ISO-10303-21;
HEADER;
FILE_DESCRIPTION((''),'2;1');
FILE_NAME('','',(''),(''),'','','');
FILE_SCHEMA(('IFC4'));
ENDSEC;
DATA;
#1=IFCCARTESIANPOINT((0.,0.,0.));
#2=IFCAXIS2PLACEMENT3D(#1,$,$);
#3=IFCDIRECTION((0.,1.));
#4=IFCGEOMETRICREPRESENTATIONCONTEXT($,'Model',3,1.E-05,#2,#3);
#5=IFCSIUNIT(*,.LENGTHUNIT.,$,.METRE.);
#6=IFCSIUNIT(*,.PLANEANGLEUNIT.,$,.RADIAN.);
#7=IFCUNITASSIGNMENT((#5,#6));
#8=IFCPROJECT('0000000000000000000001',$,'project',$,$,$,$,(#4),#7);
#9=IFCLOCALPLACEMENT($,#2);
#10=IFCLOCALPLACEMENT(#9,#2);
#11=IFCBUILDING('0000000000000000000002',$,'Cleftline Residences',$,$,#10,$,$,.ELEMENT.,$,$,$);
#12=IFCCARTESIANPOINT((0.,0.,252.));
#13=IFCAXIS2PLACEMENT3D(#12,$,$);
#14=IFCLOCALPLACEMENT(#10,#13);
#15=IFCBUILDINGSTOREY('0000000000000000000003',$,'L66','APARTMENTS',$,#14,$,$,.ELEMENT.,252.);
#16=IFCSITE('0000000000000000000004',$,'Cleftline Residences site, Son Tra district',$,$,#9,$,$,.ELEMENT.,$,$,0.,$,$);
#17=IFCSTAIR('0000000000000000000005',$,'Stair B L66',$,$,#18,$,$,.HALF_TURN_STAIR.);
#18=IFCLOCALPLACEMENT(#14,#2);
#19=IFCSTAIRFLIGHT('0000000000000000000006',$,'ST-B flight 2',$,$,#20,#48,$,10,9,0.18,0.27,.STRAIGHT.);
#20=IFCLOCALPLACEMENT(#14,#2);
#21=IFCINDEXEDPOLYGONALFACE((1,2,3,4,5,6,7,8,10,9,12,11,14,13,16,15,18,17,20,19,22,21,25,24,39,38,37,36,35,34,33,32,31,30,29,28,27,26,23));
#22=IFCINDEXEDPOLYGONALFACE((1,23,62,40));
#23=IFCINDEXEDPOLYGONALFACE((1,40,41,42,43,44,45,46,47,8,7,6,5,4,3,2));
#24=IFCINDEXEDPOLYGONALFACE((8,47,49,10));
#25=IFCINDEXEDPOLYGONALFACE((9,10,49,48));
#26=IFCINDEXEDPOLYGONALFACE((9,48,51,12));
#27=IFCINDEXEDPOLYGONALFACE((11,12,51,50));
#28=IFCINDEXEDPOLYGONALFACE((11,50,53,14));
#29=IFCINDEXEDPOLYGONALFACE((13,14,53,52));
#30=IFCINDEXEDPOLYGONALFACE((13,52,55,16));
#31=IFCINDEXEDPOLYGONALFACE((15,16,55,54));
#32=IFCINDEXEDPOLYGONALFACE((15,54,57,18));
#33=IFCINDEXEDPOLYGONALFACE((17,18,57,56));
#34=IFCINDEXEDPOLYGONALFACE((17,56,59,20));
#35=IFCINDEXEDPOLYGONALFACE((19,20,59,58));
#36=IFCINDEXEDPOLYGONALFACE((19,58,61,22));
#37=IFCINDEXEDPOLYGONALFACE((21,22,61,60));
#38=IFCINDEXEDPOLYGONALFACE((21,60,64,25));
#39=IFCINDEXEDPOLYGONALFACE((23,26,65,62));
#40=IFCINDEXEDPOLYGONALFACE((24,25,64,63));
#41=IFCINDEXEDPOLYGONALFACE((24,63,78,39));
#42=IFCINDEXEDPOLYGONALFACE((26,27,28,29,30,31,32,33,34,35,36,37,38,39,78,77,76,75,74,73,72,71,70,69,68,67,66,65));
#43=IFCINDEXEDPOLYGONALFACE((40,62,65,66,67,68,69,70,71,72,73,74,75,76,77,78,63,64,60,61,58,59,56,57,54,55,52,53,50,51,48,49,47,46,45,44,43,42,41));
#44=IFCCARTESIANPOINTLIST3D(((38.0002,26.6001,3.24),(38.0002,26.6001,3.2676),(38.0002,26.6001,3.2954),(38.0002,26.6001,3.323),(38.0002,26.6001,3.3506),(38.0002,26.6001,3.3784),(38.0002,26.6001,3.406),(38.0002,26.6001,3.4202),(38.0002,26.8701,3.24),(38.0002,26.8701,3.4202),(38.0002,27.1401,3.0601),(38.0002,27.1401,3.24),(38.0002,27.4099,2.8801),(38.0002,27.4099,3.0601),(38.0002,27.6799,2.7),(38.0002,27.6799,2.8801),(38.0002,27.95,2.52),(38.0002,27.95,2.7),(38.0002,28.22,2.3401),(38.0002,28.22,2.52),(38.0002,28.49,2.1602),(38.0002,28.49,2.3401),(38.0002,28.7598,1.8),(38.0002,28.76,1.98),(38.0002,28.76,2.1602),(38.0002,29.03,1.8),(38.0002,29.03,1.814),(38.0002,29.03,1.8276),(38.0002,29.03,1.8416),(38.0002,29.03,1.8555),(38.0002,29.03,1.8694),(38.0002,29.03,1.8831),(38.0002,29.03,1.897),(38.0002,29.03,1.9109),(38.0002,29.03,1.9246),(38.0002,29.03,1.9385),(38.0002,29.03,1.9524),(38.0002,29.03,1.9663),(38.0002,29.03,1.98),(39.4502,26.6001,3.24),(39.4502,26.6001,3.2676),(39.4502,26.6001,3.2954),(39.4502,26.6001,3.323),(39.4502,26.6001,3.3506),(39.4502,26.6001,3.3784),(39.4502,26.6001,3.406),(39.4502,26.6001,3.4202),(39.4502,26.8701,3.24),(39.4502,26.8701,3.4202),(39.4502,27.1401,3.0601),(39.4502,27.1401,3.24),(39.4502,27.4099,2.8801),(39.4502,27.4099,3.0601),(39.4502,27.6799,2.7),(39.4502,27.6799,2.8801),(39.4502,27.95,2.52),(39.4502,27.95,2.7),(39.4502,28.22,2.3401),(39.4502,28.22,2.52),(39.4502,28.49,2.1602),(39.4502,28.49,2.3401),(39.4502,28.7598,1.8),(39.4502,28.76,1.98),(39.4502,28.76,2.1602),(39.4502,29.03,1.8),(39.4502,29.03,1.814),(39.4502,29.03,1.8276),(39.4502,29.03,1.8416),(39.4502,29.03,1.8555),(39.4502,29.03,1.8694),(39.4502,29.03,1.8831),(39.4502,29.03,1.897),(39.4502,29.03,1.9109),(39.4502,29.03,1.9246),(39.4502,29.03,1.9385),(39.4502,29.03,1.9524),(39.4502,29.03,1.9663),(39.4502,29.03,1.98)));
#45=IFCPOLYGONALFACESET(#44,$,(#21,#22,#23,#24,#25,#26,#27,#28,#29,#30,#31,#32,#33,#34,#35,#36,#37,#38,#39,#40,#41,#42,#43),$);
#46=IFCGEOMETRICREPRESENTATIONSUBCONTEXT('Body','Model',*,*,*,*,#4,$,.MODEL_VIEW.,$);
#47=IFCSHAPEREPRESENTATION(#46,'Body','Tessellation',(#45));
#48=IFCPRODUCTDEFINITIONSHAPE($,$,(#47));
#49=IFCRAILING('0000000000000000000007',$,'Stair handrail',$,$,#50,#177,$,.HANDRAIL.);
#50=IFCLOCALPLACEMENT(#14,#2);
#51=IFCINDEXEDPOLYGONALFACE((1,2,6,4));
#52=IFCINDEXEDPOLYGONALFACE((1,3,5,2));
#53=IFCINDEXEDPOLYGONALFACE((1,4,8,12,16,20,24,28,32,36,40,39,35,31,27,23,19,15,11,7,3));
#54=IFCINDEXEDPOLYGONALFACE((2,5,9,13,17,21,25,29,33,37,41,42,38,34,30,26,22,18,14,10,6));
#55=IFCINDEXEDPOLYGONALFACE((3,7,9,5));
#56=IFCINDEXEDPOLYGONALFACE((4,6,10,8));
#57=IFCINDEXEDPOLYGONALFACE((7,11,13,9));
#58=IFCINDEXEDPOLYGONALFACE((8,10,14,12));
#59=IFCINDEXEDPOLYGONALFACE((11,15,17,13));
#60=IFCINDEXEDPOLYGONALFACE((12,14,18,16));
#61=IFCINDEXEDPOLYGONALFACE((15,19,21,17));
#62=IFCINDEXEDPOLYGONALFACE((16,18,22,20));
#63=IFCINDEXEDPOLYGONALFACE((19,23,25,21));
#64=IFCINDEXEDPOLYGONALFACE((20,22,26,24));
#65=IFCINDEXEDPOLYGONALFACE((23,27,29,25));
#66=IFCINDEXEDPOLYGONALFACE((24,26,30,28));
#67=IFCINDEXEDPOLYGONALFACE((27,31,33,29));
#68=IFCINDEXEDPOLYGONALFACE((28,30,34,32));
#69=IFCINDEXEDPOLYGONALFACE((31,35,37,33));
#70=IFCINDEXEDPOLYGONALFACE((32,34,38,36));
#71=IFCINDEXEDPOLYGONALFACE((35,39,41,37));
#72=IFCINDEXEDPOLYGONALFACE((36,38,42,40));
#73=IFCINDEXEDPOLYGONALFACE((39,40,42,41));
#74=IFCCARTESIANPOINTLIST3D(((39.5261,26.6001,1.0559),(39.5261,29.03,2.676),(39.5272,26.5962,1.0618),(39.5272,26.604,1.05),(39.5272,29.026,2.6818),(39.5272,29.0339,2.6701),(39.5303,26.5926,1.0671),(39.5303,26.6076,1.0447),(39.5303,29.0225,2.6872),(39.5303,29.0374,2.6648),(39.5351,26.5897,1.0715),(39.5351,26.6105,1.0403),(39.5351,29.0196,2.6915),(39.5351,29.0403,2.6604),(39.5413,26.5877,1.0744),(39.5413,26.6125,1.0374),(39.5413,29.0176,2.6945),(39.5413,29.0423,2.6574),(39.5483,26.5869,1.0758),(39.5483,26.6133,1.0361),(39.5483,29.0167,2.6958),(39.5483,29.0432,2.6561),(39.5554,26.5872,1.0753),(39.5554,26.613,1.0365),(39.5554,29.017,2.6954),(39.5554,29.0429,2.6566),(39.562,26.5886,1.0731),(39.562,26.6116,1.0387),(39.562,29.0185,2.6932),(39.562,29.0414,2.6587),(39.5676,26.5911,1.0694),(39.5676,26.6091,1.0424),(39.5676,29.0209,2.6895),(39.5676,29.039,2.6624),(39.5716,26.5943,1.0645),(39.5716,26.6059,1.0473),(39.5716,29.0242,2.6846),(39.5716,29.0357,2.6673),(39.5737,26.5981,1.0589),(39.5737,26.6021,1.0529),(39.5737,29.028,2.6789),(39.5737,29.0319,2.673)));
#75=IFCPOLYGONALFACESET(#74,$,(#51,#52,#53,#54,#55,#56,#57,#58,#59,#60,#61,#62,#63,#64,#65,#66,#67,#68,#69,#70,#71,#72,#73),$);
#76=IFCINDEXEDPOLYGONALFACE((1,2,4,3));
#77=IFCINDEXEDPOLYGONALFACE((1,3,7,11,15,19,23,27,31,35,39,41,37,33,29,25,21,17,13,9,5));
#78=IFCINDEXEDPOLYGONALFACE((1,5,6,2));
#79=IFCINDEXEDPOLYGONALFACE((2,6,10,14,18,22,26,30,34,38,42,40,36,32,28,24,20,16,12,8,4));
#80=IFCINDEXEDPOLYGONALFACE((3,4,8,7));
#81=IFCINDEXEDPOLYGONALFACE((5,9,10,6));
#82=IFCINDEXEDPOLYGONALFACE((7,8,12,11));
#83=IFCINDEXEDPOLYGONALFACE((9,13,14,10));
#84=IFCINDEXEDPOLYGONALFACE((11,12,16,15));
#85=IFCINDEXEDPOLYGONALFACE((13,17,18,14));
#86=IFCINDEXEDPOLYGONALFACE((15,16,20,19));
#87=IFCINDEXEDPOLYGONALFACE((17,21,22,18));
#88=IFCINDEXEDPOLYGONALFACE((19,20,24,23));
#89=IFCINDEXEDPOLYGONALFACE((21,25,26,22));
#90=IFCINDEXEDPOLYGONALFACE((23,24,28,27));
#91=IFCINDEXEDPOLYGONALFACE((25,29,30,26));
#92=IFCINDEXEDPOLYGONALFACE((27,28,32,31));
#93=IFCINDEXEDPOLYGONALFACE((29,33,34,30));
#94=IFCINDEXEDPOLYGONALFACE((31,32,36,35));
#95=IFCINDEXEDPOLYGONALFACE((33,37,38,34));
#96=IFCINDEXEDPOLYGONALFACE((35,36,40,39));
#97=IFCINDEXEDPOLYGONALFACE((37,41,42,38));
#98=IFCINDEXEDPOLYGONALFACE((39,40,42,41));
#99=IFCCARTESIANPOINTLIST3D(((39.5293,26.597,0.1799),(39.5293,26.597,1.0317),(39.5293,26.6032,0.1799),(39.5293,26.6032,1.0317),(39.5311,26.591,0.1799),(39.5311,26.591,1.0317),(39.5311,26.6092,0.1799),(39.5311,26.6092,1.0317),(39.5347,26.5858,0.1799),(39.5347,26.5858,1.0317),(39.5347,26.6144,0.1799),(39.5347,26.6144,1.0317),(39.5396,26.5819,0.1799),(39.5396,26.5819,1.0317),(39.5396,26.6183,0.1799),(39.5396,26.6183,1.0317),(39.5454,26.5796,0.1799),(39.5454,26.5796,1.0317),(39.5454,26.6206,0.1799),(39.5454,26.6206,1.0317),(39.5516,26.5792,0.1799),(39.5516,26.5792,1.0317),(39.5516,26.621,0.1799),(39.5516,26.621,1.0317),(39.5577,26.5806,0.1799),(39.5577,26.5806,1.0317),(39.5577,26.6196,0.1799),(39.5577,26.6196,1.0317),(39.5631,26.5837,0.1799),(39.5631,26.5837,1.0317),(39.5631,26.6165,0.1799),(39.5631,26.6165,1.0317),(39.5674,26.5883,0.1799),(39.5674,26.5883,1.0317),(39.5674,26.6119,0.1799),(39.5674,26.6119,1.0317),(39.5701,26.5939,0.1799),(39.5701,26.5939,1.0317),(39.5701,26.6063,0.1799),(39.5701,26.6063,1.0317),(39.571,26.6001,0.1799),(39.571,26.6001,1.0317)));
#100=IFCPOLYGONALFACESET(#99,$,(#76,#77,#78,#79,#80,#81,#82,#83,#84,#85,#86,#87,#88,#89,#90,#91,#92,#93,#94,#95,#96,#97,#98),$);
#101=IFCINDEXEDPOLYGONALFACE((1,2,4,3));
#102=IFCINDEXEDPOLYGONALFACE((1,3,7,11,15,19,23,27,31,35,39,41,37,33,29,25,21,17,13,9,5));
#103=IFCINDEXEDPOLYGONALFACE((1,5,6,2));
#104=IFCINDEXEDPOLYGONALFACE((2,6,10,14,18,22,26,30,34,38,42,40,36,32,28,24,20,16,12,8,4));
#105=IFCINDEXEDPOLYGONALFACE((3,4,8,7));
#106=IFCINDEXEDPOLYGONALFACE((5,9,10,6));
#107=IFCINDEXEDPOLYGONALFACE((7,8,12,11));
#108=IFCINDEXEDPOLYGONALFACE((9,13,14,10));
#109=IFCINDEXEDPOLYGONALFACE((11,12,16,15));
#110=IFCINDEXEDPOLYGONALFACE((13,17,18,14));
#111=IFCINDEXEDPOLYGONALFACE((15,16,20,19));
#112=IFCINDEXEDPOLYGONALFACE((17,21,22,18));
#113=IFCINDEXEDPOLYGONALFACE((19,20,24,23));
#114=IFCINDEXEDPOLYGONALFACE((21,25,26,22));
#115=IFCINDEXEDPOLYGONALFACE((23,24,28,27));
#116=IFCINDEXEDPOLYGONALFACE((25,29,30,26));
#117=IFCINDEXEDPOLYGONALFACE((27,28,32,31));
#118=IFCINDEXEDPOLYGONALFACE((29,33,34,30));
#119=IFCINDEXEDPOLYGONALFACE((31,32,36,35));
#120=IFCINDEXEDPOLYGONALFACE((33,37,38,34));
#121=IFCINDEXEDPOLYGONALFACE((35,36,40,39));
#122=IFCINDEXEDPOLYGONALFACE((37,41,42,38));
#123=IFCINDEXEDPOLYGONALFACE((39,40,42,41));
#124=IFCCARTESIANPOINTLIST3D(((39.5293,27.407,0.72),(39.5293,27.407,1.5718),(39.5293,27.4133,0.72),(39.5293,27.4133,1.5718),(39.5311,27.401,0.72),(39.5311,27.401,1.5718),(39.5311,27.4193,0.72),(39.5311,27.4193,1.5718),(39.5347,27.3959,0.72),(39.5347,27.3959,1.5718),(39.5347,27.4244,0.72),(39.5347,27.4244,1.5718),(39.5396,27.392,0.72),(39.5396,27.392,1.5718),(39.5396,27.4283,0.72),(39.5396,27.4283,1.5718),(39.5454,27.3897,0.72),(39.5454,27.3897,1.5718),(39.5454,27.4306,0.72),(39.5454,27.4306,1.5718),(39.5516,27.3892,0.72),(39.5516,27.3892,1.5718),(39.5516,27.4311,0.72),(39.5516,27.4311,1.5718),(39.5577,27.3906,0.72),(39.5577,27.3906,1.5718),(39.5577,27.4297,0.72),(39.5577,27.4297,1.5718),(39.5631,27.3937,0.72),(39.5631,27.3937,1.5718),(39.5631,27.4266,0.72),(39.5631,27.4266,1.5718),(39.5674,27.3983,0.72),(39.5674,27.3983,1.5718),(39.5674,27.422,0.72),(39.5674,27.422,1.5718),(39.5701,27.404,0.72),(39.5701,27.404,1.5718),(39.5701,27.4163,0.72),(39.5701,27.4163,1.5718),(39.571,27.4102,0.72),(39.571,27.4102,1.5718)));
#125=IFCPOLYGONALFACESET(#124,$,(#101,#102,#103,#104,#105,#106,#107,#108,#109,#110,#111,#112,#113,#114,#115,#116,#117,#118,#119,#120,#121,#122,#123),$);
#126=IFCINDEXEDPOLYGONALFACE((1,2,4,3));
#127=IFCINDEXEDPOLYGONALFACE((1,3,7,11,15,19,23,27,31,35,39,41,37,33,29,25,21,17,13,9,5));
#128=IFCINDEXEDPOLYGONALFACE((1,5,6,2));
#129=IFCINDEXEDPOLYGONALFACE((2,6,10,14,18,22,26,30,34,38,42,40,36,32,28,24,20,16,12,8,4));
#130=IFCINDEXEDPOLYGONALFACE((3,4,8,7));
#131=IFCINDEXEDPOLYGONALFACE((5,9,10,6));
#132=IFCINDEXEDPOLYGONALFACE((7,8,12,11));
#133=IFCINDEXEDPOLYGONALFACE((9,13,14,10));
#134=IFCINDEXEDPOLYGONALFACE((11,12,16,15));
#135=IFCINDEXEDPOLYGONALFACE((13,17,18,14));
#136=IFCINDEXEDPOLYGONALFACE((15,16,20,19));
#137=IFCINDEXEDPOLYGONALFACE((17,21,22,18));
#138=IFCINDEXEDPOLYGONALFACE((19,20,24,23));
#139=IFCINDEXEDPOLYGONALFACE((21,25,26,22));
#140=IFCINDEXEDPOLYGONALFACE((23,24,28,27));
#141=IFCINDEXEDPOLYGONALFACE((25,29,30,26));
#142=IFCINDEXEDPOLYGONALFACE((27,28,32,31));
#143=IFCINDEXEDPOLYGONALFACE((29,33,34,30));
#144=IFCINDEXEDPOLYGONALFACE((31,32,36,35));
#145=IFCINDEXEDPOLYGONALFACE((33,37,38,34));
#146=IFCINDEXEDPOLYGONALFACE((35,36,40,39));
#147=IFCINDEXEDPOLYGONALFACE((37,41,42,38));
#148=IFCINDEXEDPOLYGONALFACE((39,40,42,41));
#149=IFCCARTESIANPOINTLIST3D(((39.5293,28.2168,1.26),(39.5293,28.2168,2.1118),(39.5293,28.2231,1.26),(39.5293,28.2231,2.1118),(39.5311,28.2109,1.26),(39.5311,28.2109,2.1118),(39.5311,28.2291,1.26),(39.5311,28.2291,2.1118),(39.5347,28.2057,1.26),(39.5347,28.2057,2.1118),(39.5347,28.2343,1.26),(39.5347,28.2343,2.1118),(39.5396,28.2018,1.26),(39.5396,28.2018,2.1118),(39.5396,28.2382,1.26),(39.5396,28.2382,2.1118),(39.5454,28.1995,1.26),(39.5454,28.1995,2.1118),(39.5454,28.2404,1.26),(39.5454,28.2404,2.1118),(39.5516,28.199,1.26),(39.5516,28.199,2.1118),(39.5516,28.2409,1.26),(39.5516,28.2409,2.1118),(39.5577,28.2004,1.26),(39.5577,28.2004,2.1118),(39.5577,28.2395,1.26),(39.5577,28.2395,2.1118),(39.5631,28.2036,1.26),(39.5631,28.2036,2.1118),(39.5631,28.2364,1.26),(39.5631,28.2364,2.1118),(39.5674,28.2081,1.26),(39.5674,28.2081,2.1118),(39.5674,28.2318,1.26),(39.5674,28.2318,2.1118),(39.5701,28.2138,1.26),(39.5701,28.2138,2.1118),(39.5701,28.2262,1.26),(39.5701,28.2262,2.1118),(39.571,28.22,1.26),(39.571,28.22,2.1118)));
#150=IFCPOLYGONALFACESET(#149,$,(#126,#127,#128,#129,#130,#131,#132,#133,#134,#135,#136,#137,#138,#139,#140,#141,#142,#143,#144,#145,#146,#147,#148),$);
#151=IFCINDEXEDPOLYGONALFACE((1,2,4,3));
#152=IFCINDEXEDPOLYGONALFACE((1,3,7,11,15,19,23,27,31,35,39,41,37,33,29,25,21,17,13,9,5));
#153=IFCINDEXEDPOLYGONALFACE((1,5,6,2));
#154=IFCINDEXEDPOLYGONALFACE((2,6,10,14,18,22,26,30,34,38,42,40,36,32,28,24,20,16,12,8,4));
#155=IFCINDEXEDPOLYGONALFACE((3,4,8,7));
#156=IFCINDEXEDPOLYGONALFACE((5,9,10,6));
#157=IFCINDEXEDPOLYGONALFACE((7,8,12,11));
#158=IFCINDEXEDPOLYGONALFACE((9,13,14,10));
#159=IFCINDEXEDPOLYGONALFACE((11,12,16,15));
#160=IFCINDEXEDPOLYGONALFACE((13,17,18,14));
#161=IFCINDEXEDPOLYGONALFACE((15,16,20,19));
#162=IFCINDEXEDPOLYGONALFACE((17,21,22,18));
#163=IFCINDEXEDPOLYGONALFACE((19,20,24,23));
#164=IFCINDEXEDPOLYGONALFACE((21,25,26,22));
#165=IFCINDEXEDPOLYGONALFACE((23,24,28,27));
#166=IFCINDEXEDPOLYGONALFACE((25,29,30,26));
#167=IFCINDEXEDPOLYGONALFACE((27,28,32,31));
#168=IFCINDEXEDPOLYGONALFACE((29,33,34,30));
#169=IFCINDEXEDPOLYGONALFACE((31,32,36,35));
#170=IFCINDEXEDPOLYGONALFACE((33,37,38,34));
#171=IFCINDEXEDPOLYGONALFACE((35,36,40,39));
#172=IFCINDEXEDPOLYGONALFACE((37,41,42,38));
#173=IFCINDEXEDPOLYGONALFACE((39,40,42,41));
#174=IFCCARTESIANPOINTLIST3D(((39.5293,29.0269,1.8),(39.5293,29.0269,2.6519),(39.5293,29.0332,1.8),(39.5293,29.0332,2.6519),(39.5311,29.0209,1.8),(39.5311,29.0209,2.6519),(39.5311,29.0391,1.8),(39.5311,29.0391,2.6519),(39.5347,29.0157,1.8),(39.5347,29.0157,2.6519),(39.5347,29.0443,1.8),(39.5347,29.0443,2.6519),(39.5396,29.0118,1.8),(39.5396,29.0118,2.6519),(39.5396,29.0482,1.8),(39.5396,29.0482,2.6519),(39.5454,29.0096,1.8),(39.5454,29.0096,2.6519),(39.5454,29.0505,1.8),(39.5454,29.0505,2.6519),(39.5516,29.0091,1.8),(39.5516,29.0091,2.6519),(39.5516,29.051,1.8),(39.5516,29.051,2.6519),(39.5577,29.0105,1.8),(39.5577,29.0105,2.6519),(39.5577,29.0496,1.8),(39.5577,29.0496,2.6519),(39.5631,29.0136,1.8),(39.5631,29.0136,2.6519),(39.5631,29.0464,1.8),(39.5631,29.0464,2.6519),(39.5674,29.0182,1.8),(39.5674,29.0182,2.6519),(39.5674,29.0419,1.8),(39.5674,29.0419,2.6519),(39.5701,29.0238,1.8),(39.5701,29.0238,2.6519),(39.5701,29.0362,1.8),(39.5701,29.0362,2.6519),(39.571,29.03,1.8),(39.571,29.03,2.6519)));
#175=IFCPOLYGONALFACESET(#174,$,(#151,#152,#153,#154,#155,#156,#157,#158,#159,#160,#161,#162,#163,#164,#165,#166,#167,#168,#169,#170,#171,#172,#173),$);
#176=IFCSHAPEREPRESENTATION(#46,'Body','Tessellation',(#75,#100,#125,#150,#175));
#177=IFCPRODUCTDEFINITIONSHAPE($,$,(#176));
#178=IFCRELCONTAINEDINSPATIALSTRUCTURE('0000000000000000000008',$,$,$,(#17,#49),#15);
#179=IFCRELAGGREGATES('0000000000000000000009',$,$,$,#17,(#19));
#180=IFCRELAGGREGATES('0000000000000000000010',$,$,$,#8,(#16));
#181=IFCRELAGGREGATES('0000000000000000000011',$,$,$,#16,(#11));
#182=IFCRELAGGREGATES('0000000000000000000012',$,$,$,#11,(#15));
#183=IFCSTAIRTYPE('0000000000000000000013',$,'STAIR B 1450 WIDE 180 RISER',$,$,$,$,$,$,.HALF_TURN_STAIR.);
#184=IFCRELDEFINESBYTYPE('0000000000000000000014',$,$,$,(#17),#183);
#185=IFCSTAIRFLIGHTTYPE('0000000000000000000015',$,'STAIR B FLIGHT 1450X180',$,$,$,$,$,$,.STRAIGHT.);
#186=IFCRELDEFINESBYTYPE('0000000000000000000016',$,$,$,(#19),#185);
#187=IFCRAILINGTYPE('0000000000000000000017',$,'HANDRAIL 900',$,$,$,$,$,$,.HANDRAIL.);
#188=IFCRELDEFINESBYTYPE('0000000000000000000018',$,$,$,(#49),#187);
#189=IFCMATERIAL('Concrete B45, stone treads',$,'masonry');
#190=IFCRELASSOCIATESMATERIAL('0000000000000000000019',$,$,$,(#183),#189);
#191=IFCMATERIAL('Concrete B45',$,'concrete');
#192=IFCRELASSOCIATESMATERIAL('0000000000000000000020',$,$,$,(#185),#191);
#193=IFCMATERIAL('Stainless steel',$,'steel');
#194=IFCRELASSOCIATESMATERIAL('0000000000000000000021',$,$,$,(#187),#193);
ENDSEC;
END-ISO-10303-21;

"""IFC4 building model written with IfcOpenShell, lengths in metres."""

from ifc_helpers import new_model, si_unit, direction, frame, origin, origin_2d, place, context, subcontext, project, spatial, polyline, circle, outline, extrude, material, type_object, element, aggregate, save


model = new_model("IFC4")

# Units and contexts
model_context = context("Model", 3, precision=1e-05, world=origin(), true_north=direction((0.0, 1.0)))
body_context = subcontext(model_context, "Body", "Model", "MODEL_VIEW")
ifc_project = project(units=[si_unit("LENGTHUNIT", "METRE"), si_unit("PLANEANGLEUNIT", "RADIAN")], contexts=[model_context])

# Site, building, storey
site_placement = place(None, origin())
site = spatial("IfcSite", under=ifc_project, at=site_placement, Name="Cleftline Residences site, Son Tra district", CompositionType="ELEMENT", RefElevation=0.0)
building_placement = place(site_placement, origin())
building = spatial("IfcBuilding", under=site, at=building_placement, Name="Cleftline Residences", CompositionType="ELEMENT")
storey_placement = place(building_placement, frame((0.0, 0.0, 252.0)))
storey = spatial("IfcBuildingStorey", under=building, at=storey_placement, Name="L66", Description="APARTMENTS", CompositionType="ELEMENT", Elevation=252.0)

# Stair, stair flight
ifc_material_1 = material(Name="Concrete B45, stone treads", Category="masonry")
stair_type = type_object("IfcStairType", Name="STAIR B 1450 WIDE 180 RISER", PredefinedType="HALF_TURN_STAIR", material=ifc_material_1)
stair_placement = place(storey_placement, origin())
stair = element("IfcStair", 1, at=stair_placement, inside=storey, type_object=stair_type, Name="Stair B L66", PredefinedType="HALF_TURN_STAIR")
ifc_material_2 = material(Name="Concrete B45", Category="concrete")
stair_flight_type = type_object("IfcStairFlightType", Name="STAIR B FLIGHT 1450X180", PredefinedType="STRAIGHT", material=ifc_material_2)
stair_flight_1_placement = place(storey_placement, frame((38.7251, 29.03, 1.8), z_axis=(0.0, 0.0, 1.0), x_axis=(0.0, -1.0, 0.0)))
stair_flight_1 = element("IfcStairFlight", 2, at=stair_flight_1_placement, type_object=stair_flight_type, Name="ST-B flight 2", NumberOfRisers=10, NumberOfTreads=9, PredefinedType="STRAIGHT", RiserHeight=0.18, TreadLength=0.27, context=body_context, shape_type="SweptSolid", body=[
    extrude(outline(polyline([(0.0, 0.0), (0.0, 0.0139), (0.0, 0.0276), (0.0, 0.0415), (0.0, 0.0554), (0.0, 0.0693), (0.0, 0.083), (0.0, 0.0969), (0.0, 0.1108), (0.0, 0.1245), (0.0, 0.1384), (0.0, 0.1523), (0.0, 0.1663), (0.0, 0.1799), (0.27, 0.1799), (0.27, 0.3601), (0.54, 0.3601), (0.54, 0.54), (0.8101, 0.54), (0.8101, 0.72), (1.0801, 0.72), (1.0801, 0.8999), (1.3501, 0.8999), (1.3501, 1.0801), (1.6201, 1.0801), (1.6201, 1.26), (1.8899, 1.26), (1.8899, 1.4399), (2.1599, 1.4399), (2.1599, 1.6201), (2.4299, 1.6201), (2.4299, 1.8), (2.4299, 1.7722), (2.4299, 1.7446), (2.4299, 1.7168), (2.4299, 1.6892), (2.4299, 1.6614), (2.4299, 1.6338), (2.4299, 1.606), (2.4299, 1.5784), (2.4299, 1.5505), (2.4299, 1.5229), (2.4299, 1.4954), (2.4299, 1.4675), (2.4299, 1.4399), (0.2703, 0.0), (0.0, 0.0)])), frame((0.0, 0.7251, 0.0), z_axis=(0.0, -1.0, 0.0), x_axis=(1.0, 0.0, 0.0)), (0.0, 0.0, 1.0), 1.45),
])
aggregate(stair, [stair_flight_1])

# Railing
ifc_material_3 = material(Name="Stainless steel", Category="steel")
railing_type = type_object("IfcRailingType", Name="HANDRAIL 900", PredefinedType="HANDRAIL", material=ifc_material_3)
railing_1_placement = place(storey_placement, frame((39.55, 26.6001, 0.1799)))
element("IfcRailing", 3, at=railing_1_placement, inside=storey, type_object=railing_type, Name="Stair handrail", PredefinedType="HANDRAIL", context=body_context, shape_type="SweptSolid", body=[
    extrude(circle(Radius=0.0239, at=origin_2d()), frame((0.0, 0.0, 0.876), z_axis=(0.0, 0.832025, 0.554739), x_axis=(-1.0, 0.0, 0.0)), (0.0, 0.0, 1.0), 2.9204),
    extrude(circle(Radius=0.021, at=origin_2d()), origin(), (0.0, 0.0, 1.0), 0.8518),
    extrude(circle(Radius=0.021, at=origin_2d()), frame((0.0, 0.8101, 0.54)), (0.0, 0.0, 1.0), 0.8518),
    extrude(circle(Radius=0.021, at=origin_2d()), frame((0.0, 1.6199, 1.0801)), (0.0, 0.0, 1.0), 0.8518),
    extrude(circle(Radius=0.021, at=origin_2d()), frame((0.0, 2.4299, 1.6201)), (0.0, 0.0, 1.0), 0.8518),
])

save(model, "model.ifc")
